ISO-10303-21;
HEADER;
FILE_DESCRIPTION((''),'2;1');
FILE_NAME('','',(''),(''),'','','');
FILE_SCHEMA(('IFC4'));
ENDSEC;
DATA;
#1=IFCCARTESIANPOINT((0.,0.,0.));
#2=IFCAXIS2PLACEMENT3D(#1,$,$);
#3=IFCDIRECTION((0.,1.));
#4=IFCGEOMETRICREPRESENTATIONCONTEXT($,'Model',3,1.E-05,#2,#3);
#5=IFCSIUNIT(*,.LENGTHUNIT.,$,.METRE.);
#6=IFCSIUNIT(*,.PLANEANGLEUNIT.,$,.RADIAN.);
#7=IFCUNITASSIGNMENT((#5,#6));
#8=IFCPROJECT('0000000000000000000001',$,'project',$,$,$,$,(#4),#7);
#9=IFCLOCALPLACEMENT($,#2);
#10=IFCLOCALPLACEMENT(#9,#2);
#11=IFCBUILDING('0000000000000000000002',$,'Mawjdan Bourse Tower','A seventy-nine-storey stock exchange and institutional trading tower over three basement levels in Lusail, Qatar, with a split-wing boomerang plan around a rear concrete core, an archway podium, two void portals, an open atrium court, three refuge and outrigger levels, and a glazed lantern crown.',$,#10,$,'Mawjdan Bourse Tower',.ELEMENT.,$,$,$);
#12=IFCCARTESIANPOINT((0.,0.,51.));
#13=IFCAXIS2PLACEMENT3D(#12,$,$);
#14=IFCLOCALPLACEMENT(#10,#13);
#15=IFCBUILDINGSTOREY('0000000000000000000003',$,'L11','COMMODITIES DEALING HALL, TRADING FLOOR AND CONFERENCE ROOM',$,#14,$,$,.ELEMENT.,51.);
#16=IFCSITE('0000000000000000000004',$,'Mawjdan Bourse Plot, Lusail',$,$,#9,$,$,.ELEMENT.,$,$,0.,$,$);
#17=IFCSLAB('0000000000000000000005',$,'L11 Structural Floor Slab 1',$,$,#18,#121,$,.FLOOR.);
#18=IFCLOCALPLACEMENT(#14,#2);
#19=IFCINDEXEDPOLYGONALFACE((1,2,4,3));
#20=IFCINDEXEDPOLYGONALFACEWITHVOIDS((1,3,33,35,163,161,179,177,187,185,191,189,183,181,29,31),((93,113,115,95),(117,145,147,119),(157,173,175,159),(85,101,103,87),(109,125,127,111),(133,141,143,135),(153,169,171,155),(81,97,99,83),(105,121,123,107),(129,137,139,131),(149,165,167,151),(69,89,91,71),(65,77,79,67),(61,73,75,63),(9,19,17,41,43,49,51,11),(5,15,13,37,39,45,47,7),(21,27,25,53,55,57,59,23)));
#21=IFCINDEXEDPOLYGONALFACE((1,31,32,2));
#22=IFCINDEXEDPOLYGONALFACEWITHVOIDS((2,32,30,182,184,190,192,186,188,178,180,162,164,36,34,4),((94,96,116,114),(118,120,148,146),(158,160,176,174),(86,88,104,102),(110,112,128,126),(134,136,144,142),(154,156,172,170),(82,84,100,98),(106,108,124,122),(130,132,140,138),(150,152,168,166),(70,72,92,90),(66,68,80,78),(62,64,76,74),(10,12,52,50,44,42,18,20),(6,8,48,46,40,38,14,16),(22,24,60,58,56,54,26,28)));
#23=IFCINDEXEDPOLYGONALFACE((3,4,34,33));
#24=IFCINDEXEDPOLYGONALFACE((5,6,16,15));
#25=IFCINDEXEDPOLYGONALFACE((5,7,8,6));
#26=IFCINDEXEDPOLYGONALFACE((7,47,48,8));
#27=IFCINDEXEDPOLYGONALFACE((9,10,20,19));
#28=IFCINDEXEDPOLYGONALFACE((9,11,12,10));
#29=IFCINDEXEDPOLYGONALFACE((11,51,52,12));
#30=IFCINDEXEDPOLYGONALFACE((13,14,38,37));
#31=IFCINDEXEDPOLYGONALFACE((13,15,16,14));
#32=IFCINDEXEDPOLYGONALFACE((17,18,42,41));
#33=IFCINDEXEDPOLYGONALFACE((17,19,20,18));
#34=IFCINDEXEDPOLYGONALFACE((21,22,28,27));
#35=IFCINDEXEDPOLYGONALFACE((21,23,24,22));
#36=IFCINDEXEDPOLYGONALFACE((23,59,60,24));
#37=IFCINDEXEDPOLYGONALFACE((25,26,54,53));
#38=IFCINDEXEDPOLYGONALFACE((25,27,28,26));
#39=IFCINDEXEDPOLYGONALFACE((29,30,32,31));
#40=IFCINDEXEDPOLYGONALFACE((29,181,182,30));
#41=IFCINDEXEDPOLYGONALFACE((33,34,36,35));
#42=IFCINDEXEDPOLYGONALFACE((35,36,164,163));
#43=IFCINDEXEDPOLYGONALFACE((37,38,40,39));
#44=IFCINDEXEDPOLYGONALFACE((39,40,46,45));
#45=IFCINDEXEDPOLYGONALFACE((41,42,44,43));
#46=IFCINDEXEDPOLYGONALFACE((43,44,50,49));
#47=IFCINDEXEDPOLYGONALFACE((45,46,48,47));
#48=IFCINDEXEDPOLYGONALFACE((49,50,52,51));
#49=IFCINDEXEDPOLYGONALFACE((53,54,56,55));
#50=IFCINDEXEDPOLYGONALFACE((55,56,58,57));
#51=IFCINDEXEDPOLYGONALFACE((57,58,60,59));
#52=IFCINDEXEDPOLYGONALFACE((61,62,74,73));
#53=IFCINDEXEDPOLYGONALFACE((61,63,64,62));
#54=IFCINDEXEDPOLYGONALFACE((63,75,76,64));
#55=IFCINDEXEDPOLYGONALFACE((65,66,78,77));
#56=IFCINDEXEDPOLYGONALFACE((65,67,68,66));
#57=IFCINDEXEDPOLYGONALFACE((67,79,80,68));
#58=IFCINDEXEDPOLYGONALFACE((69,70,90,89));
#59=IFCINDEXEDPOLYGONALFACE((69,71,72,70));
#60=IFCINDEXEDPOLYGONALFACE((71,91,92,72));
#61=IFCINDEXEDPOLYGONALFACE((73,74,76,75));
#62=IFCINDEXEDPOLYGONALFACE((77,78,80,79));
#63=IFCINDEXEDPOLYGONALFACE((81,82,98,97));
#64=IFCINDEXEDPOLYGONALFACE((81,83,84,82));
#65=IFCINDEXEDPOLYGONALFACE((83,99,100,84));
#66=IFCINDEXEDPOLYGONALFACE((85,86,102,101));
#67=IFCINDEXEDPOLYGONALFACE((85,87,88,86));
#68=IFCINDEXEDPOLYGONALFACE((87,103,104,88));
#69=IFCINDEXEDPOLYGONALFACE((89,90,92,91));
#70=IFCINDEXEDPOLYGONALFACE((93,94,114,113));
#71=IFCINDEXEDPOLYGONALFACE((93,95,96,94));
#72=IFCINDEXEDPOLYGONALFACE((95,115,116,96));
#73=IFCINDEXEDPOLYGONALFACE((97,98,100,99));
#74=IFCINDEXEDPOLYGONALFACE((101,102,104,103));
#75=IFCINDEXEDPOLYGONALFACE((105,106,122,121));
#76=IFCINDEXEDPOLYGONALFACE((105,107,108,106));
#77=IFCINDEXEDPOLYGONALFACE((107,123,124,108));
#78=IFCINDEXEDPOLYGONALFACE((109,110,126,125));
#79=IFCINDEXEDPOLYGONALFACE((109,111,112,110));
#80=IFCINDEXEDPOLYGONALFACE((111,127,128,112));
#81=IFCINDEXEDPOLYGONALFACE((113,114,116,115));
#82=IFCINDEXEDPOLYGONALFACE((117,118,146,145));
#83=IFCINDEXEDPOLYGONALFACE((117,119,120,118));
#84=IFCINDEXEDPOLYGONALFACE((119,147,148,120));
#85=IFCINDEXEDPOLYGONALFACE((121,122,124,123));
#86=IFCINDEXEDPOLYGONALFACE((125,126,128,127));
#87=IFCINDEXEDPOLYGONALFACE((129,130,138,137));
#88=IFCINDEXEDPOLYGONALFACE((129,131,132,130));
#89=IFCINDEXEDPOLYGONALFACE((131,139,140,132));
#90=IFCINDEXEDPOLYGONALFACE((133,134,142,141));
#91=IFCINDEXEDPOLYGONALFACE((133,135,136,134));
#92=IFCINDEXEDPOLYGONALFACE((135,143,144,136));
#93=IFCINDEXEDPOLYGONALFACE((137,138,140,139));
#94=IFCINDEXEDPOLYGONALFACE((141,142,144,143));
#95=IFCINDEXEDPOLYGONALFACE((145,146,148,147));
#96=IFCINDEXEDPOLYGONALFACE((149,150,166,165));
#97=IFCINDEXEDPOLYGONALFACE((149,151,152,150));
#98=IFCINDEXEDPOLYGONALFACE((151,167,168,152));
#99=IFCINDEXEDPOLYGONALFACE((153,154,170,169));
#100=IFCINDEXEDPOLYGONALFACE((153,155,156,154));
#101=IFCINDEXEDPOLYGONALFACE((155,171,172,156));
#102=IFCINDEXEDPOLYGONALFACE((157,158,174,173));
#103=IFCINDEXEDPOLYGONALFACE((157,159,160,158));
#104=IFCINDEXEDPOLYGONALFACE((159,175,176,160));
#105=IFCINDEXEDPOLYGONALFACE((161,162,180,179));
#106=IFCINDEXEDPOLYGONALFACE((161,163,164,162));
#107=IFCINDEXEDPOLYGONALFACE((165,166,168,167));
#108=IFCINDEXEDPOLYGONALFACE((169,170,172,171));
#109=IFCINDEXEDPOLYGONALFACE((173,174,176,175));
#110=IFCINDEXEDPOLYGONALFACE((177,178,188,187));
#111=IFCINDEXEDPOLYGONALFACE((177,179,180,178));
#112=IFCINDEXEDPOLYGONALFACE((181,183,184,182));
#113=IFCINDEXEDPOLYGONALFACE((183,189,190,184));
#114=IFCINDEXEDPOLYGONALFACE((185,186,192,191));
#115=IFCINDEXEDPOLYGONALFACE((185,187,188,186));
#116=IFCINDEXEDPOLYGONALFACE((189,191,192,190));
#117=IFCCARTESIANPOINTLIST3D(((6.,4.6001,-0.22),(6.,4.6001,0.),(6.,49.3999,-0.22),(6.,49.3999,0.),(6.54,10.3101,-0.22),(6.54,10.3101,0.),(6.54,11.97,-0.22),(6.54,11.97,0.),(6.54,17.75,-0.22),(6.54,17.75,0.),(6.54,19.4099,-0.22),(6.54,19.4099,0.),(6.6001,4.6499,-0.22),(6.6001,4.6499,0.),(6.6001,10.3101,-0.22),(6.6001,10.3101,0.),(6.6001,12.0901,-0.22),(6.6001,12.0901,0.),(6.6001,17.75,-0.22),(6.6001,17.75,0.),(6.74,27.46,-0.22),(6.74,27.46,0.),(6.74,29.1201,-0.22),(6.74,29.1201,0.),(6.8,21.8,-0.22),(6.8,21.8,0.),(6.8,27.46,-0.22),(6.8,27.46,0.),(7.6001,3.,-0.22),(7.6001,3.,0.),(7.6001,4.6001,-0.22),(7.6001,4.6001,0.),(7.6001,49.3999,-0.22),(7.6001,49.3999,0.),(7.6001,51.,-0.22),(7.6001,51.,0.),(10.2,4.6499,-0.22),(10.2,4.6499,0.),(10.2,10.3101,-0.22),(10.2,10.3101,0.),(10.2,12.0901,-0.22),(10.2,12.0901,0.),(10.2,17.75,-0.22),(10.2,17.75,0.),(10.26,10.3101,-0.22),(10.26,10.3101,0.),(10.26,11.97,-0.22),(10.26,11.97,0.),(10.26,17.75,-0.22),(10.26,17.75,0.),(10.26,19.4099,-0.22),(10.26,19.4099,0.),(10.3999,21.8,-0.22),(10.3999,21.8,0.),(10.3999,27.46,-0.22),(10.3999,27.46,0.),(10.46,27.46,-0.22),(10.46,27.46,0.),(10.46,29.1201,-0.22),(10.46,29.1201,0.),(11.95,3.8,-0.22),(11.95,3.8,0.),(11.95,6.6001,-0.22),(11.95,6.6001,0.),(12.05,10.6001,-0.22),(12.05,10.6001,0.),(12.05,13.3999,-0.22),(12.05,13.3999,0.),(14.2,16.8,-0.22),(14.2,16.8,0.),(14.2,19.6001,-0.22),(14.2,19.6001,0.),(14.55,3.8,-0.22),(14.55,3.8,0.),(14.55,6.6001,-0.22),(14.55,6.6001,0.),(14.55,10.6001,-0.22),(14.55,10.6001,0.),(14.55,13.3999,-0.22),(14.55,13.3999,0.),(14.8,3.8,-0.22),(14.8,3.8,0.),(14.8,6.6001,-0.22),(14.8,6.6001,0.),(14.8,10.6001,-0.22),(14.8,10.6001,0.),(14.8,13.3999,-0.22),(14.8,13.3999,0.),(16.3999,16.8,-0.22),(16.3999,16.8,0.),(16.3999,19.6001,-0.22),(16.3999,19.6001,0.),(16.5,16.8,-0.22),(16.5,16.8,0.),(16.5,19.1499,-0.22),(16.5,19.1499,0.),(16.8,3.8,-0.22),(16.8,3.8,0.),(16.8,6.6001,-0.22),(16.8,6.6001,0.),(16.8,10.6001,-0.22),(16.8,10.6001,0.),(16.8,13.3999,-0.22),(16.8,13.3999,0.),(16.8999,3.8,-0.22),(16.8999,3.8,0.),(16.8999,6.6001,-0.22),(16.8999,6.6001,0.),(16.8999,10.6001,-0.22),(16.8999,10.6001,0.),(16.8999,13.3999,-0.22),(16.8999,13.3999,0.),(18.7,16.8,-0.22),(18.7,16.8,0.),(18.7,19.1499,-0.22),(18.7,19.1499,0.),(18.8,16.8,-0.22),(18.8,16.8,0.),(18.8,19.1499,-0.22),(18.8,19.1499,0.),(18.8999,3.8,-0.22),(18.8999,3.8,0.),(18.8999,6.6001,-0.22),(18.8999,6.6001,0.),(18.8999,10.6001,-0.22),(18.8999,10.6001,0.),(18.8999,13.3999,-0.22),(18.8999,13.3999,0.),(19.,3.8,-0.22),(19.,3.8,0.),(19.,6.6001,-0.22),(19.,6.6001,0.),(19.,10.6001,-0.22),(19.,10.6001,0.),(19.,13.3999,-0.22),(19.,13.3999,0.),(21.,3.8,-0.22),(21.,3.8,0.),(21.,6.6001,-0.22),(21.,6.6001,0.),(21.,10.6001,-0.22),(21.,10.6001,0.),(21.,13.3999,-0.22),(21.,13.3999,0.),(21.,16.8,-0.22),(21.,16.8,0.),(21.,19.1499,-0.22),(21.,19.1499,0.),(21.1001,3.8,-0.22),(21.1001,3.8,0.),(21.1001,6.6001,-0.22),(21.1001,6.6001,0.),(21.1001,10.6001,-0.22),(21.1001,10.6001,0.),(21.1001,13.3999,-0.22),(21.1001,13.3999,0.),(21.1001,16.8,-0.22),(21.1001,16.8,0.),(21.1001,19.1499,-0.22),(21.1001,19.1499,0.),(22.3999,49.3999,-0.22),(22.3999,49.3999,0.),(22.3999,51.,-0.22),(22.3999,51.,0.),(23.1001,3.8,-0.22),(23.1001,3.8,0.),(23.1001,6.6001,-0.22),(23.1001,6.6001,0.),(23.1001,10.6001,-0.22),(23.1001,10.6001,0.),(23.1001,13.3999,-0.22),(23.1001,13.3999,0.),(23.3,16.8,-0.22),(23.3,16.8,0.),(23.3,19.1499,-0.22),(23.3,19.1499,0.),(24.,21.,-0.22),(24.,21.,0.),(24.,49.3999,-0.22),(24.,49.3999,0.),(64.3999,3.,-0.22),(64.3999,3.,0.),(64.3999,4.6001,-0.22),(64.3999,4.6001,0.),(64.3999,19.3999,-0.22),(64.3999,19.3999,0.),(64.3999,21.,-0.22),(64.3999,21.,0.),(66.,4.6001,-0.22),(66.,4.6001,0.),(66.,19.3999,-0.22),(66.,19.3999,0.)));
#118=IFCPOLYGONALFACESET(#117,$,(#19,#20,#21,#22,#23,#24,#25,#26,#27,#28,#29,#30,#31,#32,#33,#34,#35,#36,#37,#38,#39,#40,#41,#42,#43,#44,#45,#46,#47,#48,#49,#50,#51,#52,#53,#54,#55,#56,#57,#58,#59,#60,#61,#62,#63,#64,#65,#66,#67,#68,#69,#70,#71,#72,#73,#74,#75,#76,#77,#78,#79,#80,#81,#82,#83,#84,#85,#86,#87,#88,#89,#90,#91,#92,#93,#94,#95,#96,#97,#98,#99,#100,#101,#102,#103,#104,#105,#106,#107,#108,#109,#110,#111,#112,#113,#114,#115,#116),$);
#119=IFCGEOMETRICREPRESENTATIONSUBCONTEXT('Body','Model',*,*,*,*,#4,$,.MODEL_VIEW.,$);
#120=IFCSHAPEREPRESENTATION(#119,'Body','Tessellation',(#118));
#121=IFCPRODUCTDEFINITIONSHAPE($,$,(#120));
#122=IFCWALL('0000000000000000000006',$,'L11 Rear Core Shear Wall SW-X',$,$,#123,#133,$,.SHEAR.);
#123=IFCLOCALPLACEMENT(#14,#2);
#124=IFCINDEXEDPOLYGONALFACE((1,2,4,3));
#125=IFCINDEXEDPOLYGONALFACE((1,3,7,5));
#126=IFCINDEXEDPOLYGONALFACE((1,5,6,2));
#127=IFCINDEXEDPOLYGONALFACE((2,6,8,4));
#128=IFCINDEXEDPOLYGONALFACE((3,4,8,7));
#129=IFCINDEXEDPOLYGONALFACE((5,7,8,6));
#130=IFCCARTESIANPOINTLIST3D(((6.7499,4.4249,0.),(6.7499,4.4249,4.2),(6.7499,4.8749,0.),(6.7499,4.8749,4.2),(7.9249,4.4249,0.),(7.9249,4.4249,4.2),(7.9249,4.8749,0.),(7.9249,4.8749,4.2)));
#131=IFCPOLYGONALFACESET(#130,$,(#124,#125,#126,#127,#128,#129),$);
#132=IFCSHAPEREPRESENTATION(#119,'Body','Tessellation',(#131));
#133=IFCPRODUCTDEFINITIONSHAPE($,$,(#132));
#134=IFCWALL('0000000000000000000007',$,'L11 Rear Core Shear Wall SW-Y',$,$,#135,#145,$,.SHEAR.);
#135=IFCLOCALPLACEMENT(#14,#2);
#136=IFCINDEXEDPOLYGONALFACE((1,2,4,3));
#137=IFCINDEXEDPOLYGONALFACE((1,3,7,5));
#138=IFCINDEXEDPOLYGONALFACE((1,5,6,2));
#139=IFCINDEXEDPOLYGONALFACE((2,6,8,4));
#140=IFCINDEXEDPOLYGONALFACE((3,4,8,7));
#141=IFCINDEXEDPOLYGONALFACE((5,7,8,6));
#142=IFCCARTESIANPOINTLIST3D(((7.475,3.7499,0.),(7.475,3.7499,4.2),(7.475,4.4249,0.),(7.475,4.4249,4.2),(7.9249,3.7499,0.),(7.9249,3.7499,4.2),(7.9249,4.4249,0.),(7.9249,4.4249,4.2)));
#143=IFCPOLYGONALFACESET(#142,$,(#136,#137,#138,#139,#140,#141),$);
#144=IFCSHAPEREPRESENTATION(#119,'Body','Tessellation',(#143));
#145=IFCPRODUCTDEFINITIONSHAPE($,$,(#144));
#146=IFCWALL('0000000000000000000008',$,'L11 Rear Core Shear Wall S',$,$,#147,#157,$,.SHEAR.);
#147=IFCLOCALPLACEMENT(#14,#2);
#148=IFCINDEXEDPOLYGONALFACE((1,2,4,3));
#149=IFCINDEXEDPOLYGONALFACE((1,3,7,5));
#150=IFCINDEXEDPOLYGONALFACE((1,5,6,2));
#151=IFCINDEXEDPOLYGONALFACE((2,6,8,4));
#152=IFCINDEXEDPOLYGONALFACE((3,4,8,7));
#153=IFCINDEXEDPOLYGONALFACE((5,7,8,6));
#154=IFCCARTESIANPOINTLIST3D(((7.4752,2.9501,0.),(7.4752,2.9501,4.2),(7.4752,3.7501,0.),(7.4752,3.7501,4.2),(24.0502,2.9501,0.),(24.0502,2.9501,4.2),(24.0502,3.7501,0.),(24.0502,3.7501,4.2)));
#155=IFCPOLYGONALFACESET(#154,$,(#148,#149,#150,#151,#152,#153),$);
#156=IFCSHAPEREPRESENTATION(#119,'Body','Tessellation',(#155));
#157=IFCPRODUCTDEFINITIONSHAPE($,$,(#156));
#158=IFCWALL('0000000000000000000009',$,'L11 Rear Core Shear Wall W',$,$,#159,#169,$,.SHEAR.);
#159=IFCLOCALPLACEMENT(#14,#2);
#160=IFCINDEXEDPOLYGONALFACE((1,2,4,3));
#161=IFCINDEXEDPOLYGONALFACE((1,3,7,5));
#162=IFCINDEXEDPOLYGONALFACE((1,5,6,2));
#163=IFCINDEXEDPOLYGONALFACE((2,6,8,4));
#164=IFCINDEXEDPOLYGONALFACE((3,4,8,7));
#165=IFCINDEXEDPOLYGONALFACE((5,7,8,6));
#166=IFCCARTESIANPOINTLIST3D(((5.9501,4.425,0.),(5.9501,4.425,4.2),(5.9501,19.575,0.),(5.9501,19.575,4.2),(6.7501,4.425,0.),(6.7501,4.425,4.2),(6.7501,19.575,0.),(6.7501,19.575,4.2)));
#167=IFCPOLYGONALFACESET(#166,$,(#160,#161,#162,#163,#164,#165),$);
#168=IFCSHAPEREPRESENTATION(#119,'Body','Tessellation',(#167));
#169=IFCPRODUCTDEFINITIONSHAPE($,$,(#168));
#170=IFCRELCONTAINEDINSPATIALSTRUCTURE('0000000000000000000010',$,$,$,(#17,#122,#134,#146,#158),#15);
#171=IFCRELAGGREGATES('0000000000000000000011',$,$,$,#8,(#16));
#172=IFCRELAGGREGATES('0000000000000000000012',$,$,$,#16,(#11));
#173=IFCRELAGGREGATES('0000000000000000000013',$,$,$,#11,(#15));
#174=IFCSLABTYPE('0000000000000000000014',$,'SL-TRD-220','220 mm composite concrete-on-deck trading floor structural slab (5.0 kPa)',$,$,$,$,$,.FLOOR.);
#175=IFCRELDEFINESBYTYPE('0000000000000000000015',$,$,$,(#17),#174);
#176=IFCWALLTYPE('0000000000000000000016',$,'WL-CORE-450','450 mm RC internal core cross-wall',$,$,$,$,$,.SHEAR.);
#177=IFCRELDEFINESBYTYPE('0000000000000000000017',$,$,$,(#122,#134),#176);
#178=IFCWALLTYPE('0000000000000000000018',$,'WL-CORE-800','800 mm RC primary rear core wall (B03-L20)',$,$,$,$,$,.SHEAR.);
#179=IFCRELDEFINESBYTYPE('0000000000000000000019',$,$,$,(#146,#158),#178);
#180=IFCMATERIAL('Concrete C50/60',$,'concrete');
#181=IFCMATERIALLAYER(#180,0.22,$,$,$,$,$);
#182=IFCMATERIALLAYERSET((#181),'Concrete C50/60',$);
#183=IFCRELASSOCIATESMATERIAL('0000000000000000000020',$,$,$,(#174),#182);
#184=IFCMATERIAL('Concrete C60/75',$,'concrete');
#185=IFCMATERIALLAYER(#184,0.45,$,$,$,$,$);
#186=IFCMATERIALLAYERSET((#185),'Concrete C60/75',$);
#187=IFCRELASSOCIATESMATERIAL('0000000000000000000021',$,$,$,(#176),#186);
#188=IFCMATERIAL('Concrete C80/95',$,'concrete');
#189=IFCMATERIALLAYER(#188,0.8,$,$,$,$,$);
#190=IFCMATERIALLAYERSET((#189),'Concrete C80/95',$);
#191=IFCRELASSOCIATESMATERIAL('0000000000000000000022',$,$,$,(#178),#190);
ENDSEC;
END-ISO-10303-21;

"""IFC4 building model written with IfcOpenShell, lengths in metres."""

from ifc_helpers import new_model, si_unit, direction, frame, frame_2d, origin, place, context, subcontext, project, spatial, polyline, rectangle, outline, extrude, material, layer, layer_set, type_object, element, save


model = new_model("IFC4")

# Units and contexts
model_context = context("Model", 3, precision=1e-05, world=origin(), true_north=direction((0.0, 1.0)))
body_context = subcontext(model_context, "Body", "Model", "MODEL_VIEW")
ifc_project = project(units=[si_unit("LENGTHUNIT", "METRE"), si_unit("PLANEANGLEUNIT", "RADIAN")], contexts=[model_context])

# Site, building, storey
site_placement = place(None, origin())
site = spatial("IfcSite", under=ifc_project, at=site_placement, Name="Mawjdan Bourse Plot, Lusail", CompositionType="ELEMENT", RefElevation=0.0)
building_placement = place(site_placement, origin())
building = spatial("IfcBuilding", under=site, at=building_placement, Name="Mawjdan Bourse Tower", Description="A seventy-nine-storey stock exchange and institutional trading tower over three basement levels in Lusail, Qatar, with a split-wing boomerang plan around a rear concrete core, an archway podium, two void portals, an open atrium court, three refuge and outrigger levels, and a glazed lantern crown.", LongName="Mawjdan Bourse Tower", CompositionType="ELEMENT")
storey_placement = place(building_placement, frame((0.0, 0.0, 51.0)))
storey = spatial("IfcBuildingStorey", under=building, at=storey_placement, Name="L11", Description="COMMODITIES DEALING HALL, TRADING FLOOR AND CONFERENCE ROOM", CompositionType="ELEMENT", Elevation=51.0)

# Shared definitions
ifc_material_1 = material(Name="Concrete C50/60", Category="concrete")

# Slab
ifc_layer_1 = layer(ifc_material_1, 0.22)
ifc_layer_set_1 = layer_set([ifc_layer_1], Name="Concrete C50/60")
slab_type_1 = type_object("IfcSlabType", Name="SL-TRD-220", Description="220 mm composite concrete-on-deck trading floor structural slab (5.0 kPa)", PredefinedType="FLOOR", material=ifc_layer_set_1)
slab_1_placement = place(storey_placement, frame((0.0, 0.0, -0.22)))
element("IfcSlab", 1, at=slab_1_placement, inside=storey, type_object=slab_type_1, Name="L11 Structural Floor Slab 1", PredefinedType="FLOOR", context=body_context, shape_type="SweptSolid", body=[
    extrude(outline(polyline([(7.6001, 3.0), (64.3999, 3.0), (64.3999, 4.6001), (66.0, 4.6001), (66.0, 19.3999), (64.3999, 19.3999), (64.3999, 21.0), (24.0, 21.0), (24.0, 49.3999), (22.3999, 49.3999), (22.3999, 51.0), (7.6001, 51.0), (7.6001, 49.3999), (6.0, 49.3999), (6.0, 4.6001), (7.6001, 4.6001), (7.6001, 3.0)]), holes=[polyline([(11.95, 3.8), (11.95, 6.6001), (14.55, 6.6001), (14.55, 3.8), (11.95, 3.8)]), polyline([(14.8, 3.8), (14.8, 6.6001), (16.8, 6.6001), (16.8, 3.8), (14.8, 3.8)]), polyline([(10.26, 11.97), (10.26, 10.3101), (10.2, 10.3101), (10.2, 4.6499), (6.6001, 4.6499), (6.6001, 10.3101), (6.54, 10.3101), (6.54, 11.97), (10.26, 11.97)]), polyline([(12.05, 13.3999), (14.55, 13.3999), (14.55, 10.6001), (12.05, 10.6001), (12.05, 13.3999)]), polyline([(6.6001, 17.75), (6.54, 17.75), (6.54, 19.4099), (10.26, 19.4099), (10.26, 17.75), (10.2, 17.75), (10.2, 12.0901), (6.6001, 12.0901), (6.6001, 17.75)]), polyline([(14.2, 16.8), (14.2, 19.6001), (16.3999, 19.6001), (16.3999, 16.8), (14.2, 16.8)]), polyline([(10.46, 27.46), (10.3999, 27.46), (10.3999, 21.8), (6.8, 21.8), (6.8, 27.46), (6.74, 27.46), (6.74, 29.1201), (10.46, 29.1201), (10.46, 27.46)]), polyline([(16.8999, 3.8), (16.8999, 6.6001), (18.8999, 6.6001), (18.8999, 3.8), (16.8999, 3.8)]), polyline([(19.0, 3.8), (19.0, 6.6001), (21.0, 6.6001), (21.0, 3.8), (19.0, 3.8)]), polyline([(21.1001, 3.8), (21.1001, 6.6001), (23.1001, 6.6001), (23.1001, 3.8), (21.1001, 3.8)]), polyline([(14.8, 13.3999), (16.8, 13.3999), (16.8, 10.6001), (14.8, 10.6001), (14.8, 13.3999)]), polyline([(16.8999, 13.3999), (18.8999, 13.3999), (18.8999, 10.6001), (16.8999, 10.6001), (16.8999, 13.3999)]), polyline([(19.0, 10.6001), (19.0, 13.3999), (21.0, 13.3999), (21.0, 10.6001), (19.0, 10.6001)]), polyline([(21.1001, 10.6001), (21.1001, 13.3999), (23.1001, 13.3999), (23.1001, 10.6001), (21.1001, 10.6001)]), polyline([(16.5, 16.8), (16.5, 19.1499), (18.7, 19.1499), (18.7, 16.8), (16.5, 16.8)]), polyline([(18.8, 19.1499), (21.0, 19.1499), (21.0, 16.8), (18.8, 16.8), (18.8, 19.1499)]), polyline([(21.1001, 19.1499), (23.3, 19.1499), (23.3, 16.8), (21.1001, 16.8), (21.1001, 19.1499)])]), origin(), (0.0, 0.0, 1.0), 0.22),
])

# Walls
ifc_material_2 = material(Name="Concrete C60/75", Category="concrete")
ifc_layer_2 = layer(ifc_material_2, 0.45)
ifc_layer_set_2 = layer_set([ifc_layer_2], Name="Concrete C60/75")
wall_type_1 = type_object("IfcWallType", Name="WL-CORE-450", Description="450 mm RC internal core cross-wall", PredefinedType="SHEAR", material=ifc_layer_set_2)
wall_1_placement = place(storey_placement, frame((6.75, 4.6499, 0.0), z_axis=(0.0, 0.0, 1.0), x_axis=(1.0, 0.0, 0.0)))
element("IfcWall", 2, at=wall_1_placement, inside=storey, type_object=wall_type_1, Name="L11 Rear Core Shear Wall SW-X", PredefinedType="SHEAR", context=body_context, shape_type="SweptSolid", body=[
    extrude(rectangle(XDim=1.175, YDim=0.45, at=frame_2d((0.5874, 0.0))), origin(), (0.0, 0.0, 1.0), 4.2),
])
wall_2_placement = place(storey_placement, frame((7.7, 3.75, 0.0), z_axis=(0.0, 0.0, 1.0), x_axis=(0.0, 1.0, 0.0)))
element("IfcWall", 3, at=wall_2_placement, inside=storey, type_object=wall_type_1, Name="L11 Rear Core Shear Wall SW-Y", PredefinedType="SHEAR", context=body_context, shape_type="SweptSolid", body=[
    extrude(rectangle(XDim=0.675, YDim=0.45, at=frame_2d((0.3374, 0.0))), origin(), (0.0, 0.0, 1.0), 4.2),
])
ifc_material_3 = material(Name="Concrete C80/95", Category="concrete")
ifc_layer_3 = layer(ifc_material_3, 0.8)
ifc_layer_set_3 = layer_set([ifc_layer_3], Name="Concrete C80/95")
wall_type_2 = type_object("IfcWallType", Name="WL-CORE-800", Description="800 mm RC primary rear core wall (B03-L20)", PredefinedType="SHEAR", material=ifc_layer_set_3)
wall_3_placement = place(storey_placement, frame((7.4751, 3.3501, 0.0), z_axis=(0.0, 0.0, 1.0), x_axis=(1.0, 0.0, 0.0)))
element("IfcWall", 4, at=wall_3_placement, inside=storey, type_object=wall_type_2, Name="L11 Rear Core Shear Wall S", PredefinedType="SHEAR", context=body_context, shape_type="SweptSolid", body=[
    extrude(rectangle(XDim=16.575, YDim=0.8, at=frame_2d((8.2876, 0.0))), origin(), (0.0, 0.0, 1.0), 4.2),
])
wall_4_placement = place(storey_placement, frame((6.3501, 4.425, 0.0), z_axis=(0.0, 0.0, 1.0), x_axis=(0.0, 1.0, 0.0)))
element("IfcWall", 5, at=wall_4_placement, inside=storey, type_object=wall_type_2, Name="L11 Rear Core Shear Wall W", PredefinedType="SHEAR", context=body_context, shape_type="SweptSolid", body=[
    extrude(rectangle(XDim=15.1499, YDim=0.8, at=frame_2d((7.575, 0.0))), origin(), (0.0, 0.0, 1.0), 4.2),
])

save(model, "model.ifc")
